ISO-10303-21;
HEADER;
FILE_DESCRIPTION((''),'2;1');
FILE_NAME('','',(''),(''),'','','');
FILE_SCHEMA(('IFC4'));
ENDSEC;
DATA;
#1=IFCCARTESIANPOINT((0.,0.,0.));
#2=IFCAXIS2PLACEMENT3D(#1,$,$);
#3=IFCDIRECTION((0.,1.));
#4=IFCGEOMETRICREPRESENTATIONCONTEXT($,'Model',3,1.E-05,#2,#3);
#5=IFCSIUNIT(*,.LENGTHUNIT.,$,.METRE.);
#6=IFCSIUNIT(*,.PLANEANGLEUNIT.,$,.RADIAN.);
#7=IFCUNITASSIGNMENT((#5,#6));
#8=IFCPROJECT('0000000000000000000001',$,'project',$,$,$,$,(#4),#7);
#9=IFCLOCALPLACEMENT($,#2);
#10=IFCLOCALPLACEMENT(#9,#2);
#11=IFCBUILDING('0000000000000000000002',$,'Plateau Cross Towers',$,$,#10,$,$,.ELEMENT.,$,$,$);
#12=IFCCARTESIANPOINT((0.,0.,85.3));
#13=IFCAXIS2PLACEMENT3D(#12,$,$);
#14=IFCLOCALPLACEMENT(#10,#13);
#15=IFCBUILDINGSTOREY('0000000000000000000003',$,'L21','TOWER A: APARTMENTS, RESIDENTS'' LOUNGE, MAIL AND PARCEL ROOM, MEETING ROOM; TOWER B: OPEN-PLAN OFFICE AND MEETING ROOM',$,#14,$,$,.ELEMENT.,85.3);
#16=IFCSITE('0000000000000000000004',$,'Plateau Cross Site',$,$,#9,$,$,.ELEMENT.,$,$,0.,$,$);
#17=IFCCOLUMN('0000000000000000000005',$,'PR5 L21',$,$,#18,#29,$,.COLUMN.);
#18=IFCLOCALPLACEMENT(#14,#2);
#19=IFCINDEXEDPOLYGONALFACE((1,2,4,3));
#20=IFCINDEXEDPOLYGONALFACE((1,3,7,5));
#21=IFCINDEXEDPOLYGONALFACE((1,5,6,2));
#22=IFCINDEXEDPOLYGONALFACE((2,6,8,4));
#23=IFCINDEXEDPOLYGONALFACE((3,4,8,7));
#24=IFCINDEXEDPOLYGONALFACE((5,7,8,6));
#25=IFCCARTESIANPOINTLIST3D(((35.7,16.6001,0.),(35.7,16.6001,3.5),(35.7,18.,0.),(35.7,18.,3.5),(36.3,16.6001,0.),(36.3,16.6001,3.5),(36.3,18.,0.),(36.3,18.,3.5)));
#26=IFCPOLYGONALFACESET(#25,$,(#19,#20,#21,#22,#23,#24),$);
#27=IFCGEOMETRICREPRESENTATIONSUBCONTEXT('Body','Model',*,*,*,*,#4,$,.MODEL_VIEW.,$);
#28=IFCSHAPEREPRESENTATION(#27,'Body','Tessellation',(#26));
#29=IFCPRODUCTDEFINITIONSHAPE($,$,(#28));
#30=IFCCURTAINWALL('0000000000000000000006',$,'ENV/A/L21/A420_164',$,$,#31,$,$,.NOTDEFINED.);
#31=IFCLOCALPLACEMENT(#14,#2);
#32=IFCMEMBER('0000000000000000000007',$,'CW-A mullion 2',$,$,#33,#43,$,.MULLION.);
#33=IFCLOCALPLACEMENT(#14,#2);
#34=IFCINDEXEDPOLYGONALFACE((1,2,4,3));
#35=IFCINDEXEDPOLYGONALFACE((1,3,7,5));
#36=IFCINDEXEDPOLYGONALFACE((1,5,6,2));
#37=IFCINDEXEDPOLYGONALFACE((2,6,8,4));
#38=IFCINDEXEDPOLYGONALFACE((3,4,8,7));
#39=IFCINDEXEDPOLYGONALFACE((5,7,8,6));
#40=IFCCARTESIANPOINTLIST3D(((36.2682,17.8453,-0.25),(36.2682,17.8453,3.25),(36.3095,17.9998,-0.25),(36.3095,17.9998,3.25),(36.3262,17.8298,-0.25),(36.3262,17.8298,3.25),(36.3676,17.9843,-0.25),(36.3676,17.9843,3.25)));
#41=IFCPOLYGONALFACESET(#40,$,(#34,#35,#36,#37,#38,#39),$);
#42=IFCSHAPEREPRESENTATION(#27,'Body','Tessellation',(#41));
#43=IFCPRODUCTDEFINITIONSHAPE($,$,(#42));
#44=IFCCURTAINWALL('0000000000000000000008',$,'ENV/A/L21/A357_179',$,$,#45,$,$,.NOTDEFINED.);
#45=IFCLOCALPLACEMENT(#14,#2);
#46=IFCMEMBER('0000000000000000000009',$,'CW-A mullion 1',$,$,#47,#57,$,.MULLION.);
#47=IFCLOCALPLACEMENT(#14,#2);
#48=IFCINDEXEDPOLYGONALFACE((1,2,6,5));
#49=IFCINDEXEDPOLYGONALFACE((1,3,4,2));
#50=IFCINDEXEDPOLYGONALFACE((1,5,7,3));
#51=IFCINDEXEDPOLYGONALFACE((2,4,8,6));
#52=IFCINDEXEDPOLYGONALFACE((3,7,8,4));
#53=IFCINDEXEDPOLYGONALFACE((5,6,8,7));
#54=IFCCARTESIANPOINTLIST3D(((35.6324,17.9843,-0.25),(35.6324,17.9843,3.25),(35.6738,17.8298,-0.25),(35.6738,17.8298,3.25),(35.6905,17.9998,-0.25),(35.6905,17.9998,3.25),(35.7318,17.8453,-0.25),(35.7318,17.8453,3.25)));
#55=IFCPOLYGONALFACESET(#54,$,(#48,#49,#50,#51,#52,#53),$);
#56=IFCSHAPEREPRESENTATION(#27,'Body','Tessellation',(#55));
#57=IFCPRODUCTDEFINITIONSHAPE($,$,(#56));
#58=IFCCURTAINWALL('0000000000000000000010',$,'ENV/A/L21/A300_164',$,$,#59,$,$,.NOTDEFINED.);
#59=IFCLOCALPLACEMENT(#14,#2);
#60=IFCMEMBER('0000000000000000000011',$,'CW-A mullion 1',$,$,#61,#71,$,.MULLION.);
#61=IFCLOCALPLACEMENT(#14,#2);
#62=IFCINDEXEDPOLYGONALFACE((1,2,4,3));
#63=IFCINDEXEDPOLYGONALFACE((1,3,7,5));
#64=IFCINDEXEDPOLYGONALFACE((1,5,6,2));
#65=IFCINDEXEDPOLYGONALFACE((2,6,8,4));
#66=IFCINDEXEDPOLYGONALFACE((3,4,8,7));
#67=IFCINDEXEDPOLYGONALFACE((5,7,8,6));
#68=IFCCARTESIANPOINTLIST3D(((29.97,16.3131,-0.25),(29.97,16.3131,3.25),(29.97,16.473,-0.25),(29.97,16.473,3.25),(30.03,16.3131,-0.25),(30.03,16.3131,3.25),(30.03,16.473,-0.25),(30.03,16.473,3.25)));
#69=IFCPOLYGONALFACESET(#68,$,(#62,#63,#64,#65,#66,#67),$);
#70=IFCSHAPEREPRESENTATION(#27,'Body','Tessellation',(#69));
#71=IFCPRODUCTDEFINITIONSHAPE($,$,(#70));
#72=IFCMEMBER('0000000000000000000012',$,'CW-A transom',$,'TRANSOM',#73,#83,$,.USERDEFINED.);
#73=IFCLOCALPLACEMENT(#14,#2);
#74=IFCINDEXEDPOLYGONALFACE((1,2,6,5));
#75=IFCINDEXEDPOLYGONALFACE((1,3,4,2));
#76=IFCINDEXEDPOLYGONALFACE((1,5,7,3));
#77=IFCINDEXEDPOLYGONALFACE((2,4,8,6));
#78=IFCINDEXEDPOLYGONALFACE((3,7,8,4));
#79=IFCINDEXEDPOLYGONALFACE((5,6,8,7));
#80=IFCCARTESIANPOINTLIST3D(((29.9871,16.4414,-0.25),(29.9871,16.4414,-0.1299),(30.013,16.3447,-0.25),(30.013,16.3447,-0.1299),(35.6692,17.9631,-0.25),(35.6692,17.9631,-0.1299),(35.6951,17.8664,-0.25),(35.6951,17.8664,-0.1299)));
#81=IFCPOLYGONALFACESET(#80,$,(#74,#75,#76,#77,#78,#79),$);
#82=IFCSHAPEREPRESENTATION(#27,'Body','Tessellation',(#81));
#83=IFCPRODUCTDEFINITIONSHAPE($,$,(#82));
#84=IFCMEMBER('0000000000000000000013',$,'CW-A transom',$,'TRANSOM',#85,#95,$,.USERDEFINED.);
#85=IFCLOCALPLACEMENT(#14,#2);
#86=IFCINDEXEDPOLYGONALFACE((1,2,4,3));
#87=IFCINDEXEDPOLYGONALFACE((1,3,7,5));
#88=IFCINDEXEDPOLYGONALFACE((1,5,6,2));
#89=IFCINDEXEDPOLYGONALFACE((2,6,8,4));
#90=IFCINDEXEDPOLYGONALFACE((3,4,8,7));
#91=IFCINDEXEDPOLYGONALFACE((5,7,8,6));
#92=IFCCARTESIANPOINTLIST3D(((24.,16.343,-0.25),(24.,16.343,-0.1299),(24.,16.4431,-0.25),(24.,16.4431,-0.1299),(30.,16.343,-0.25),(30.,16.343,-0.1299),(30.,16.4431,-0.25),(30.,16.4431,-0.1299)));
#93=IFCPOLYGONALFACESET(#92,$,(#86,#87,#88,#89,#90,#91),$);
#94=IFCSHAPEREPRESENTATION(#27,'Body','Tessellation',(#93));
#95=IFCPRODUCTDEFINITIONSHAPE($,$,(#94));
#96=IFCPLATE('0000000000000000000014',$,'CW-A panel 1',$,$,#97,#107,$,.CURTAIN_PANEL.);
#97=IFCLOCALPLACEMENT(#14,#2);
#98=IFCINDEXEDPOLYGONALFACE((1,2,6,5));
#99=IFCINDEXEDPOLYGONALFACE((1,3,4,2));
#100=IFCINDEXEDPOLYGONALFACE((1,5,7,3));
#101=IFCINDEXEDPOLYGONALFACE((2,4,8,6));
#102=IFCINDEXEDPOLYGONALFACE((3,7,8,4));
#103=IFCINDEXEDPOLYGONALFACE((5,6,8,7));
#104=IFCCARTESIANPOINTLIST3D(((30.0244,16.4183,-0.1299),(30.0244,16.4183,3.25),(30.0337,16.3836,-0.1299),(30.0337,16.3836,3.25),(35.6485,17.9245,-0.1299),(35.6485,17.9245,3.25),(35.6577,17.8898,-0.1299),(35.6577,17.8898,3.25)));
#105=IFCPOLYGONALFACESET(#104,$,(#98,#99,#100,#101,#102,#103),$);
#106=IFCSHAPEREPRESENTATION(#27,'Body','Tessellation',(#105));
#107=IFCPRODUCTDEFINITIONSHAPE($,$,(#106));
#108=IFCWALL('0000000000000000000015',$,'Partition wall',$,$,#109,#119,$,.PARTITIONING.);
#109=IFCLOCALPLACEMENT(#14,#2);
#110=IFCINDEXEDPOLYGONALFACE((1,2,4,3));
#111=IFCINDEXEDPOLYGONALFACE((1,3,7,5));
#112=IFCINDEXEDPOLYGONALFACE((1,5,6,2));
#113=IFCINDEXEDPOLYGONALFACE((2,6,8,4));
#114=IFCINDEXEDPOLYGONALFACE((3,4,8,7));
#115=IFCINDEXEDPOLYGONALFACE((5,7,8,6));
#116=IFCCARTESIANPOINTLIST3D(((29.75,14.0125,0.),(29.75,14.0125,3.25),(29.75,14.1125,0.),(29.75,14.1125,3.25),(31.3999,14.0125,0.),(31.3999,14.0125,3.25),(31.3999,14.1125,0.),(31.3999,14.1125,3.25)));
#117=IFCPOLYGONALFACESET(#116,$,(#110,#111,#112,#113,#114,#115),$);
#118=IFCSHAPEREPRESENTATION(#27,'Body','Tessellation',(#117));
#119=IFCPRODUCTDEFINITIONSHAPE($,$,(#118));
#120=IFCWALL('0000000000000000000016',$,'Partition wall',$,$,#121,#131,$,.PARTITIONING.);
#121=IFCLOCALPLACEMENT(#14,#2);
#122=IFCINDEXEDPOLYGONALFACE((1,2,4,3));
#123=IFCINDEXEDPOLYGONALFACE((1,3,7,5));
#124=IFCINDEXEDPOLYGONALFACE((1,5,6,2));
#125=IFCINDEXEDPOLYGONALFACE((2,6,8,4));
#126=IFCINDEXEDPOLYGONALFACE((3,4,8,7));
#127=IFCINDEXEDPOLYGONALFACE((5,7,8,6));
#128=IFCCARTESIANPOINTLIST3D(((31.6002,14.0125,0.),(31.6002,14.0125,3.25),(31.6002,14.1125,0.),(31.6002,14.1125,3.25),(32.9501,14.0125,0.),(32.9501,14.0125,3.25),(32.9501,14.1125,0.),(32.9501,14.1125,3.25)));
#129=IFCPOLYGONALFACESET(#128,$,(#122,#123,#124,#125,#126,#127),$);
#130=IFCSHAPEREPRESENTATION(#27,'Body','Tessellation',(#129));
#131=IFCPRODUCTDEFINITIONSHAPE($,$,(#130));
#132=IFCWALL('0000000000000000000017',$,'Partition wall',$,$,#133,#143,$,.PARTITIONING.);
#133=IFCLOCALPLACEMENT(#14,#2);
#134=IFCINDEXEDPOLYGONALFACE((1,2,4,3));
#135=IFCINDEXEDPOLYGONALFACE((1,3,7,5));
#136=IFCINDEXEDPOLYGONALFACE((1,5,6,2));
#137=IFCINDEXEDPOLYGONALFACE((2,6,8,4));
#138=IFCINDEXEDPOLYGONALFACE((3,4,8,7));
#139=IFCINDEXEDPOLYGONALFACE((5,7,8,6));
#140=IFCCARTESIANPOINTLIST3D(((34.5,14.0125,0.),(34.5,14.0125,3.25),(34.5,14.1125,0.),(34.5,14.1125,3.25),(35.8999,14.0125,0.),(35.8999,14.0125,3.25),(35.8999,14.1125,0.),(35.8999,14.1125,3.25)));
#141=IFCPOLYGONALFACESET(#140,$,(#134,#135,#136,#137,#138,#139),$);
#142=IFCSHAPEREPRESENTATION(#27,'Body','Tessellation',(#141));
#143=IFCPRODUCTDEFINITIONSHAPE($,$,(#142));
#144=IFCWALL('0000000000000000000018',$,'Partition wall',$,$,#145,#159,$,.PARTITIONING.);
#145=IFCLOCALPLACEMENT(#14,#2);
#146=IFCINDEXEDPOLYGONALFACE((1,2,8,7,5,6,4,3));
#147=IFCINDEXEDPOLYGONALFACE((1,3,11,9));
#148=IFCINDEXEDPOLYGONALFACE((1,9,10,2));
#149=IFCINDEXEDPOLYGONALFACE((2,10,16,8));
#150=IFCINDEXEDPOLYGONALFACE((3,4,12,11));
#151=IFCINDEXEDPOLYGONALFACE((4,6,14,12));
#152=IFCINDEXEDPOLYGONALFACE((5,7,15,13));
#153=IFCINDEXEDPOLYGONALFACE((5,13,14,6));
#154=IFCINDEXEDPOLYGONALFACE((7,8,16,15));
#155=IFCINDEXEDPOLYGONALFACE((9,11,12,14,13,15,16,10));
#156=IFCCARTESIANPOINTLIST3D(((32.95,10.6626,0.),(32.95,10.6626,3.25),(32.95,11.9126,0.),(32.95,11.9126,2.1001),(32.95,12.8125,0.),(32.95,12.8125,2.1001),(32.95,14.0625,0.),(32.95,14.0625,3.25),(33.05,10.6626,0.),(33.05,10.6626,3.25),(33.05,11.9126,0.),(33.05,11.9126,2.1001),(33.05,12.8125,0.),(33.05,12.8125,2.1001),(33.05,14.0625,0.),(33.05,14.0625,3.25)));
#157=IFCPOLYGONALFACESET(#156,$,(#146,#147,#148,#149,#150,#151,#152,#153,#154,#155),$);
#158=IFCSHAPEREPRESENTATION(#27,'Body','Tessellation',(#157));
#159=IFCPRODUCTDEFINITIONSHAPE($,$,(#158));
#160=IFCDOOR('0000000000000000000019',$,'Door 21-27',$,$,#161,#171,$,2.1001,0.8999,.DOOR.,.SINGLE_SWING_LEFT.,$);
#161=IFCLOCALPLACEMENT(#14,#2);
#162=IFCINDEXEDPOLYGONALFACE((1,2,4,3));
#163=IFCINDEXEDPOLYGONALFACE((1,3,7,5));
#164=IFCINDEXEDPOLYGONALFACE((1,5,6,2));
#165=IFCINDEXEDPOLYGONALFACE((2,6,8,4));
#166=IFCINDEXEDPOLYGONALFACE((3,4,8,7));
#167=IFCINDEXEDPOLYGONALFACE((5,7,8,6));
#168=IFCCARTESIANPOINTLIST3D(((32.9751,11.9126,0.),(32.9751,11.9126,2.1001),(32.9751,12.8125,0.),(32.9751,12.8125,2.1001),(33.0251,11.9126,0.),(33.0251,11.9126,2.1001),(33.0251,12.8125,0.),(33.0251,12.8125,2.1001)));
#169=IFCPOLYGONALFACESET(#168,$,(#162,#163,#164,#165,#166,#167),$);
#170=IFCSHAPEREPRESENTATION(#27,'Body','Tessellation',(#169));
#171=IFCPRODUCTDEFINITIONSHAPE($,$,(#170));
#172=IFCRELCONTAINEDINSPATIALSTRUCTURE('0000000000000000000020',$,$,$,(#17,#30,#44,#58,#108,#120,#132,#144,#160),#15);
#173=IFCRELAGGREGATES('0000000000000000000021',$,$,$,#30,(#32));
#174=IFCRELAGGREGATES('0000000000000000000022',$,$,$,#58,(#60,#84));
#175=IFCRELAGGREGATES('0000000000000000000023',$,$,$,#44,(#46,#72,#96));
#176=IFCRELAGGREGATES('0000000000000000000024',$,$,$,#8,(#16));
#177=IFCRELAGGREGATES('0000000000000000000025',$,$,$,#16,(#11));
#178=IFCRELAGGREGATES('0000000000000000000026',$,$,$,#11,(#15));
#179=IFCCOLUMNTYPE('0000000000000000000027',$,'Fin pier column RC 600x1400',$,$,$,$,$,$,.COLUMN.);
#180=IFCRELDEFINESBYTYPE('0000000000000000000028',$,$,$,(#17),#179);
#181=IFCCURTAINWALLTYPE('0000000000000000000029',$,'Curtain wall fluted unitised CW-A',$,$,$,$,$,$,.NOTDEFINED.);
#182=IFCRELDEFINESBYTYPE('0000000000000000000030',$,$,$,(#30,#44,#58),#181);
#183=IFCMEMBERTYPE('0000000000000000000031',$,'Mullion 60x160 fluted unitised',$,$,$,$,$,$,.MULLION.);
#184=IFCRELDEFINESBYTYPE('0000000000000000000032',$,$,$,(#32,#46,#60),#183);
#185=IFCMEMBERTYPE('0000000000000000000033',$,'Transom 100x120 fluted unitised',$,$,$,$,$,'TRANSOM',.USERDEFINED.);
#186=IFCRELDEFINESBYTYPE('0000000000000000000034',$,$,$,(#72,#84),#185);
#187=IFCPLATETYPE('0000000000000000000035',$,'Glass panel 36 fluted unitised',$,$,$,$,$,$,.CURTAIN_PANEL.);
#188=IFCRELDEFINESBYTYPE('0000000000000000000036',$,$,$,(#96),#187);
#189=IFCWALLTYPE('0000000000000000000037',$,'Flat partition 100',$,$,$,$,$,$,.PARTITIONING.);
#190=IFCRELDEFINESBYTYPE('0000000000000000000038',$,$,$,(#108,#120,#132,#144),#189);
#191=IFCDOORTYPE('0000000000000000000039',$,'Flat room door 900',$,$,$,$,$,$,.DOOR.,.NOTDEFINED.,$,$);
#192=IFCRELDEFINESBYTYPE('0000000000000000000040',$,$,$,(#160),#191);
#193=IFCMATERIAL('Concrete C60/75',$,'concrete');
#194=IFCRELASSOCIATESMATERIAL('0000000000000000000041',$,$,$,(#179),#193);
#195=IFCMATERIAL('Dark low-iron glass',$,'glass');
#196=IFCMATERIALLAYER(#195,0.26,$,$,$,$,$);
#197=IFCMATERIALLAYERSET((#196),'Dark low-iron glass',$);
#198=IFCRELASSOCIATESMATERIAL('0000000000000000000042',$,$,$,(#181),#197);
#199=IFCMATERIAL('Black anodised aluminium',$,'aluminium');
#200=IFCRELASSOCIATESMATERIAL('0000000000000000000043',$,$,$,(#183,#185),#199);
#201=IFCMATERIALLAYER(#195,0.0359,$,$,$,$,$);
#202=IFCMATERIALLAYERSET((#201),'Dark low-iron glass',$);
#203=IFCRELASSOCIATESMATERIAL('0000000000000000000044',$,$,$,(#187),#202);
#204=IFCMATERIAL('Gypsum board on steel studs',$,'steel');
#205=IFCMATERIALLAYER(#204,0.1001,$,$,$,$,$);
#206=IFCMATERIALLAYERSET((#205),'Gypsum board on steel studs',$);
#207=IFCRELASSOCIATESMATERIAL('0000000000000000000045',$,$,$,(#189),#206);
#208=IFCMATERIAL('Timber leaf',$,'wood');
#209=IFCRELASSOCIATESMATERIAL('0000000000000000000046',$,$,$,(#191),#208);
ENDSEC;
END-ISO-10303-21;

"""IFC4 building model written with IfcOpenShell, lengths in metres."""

from ifc_helpers import new_model, si_unit, direction, frame, frame_2d, origin, origin_2d, place, context, subcontext, project, spatial, rectangle, extrude, material, layer, layer_set, material_profile, profile_set, type_object, element, fill, aggregate, save


model = new_model("IFC4")

# Units and contexts
model_context = context("Model", 3, precision=1e-05, world=origin(), true_north=direction((0.0, 1.0)))
body_context = subcontext(model_context, "Body", "Model", "MODEL_VIEW")
ifc_project = project(units=[si_unit("LENGTHUNIT", "METRE"), si_unit("PLANEANGLEUNIT", "RADIAN")], contexts=[model_context])

# Site, building, storey
site_placement = place(None, origin())
site = spatial("IfcSite", under=ifc_project, at=site_placement, Name="Plateau Cross Site", CompositionType="ELEMENT", RefElevation=0.0)
building_placement = place(site_placement, origin())
building = spatial("IfcBuilding", under=site, at=building_placement, Name="Plateau Cross Towers", CompositionType="ELEMENT")
storey_placement = place(building_placement, frame((0.0, 0.0, 85.3)))
storey = spatial("IfcBuildingStorey", under=building, at=storey_placement, Name="L21", Description="TOWER A: APARTMENTS, RESIDENTS' LOUNGE, MAIL AND PARCEL ROOM, MEETING ROOM; TOWER B: OPEN-PLAN OFFICE AND MEETING ROOM", CompositionType="ELEMENT", Elevation=85.3)

# Column
ifc_material_1 = material(Name="Concrete C60/75", Category="concrete")
ifc_material_profile_1 = material_profile(ifc_material_1, rectangle(XDim=0.6001, YDim=1.3999, at=origin_2d()), Name="RC 600x1400")
ifc_profile_set_1 = profile_set([ifc_material_profile_1], Name="Concrete C60/75")
column_type = type_object("IfcColumnType", Name="Fin pier column RC 600x1400", PredefinedType="COLUMN", material=ifc_profile_set_1)
column_placement = place(storey_placement, frame((36.0, 17.3, 0.0), z_axis=(0.0, 0.0, 1.0), x_axis=(1.0, 0.0, 0.0)))
element("IfcColumn", 1, at=column_placement, inside=storey, type_object=column_type, Name="PR5 L21", PredefinedType="COLUMN", context=body_context, shape_type="SweptSolid", body=[
    extrude(rectangle(XDim=0.6001, YDim=1.3999, at=origin_2d()), origin(), (0.0, 0.0, 1.0), 3.5),
])

# Curtain walls, members
ifc_material_2 = material(Name="Dark low-iron glass", Category="glass")
ifc_layer_1 = layer(ifc_material_2, 0.26)
ifc_layer_set_1 = layer_set([ifc_layer_1], Name="Dark low-iron glass")
curtain_wall_type = type_object("IfcCurtainWallType", Name="Curtain wall fluted unitised CW-A", PredefinedType="NOTDEFINED", material=ifc_layer_set_1)
curtain_wall_1_placement = place(storey_placement, origin())
curtain_wall_1 = element("IfcCurtainWall", 2, at=curtain_wall_1_placement, inside=storey, type_object=curtain_wall_type, Name="ENV/A/L21/A420_164", PredefinedType="NOTDEFINED")
ifc_material_3 = material(Name="Black anodised aluminium", Category="aluminium")
ifc_material_profile_2 = material_profile(ifc_material_3, rectangle(XDim=0.0601, YDim=0.1599, at=origin_2d()), Name="MULLION 60x160")
ifc_profile_set_2 = profile_set([ifc_material_profile_2], Name="Black anodised aluminium")
member_type_1 = type_object("IfcMemberType", Name="Mullion 60x160 fluted unitised", PredefinedType="MULLION", material=ifc_profile_set_2)
member_1_placement = place(storey_placement, frame((36.3179, 17.9148, -0.25), z_axis=(0.0, 0.0, 1.0), x_axis=(-0.965958, 0.258699, 0.0)))
member_1 = element("IfcMember", 3, at=member_1_placement, type_object=member_type_1, Name="CW-A mullion 2", PredefinedType="MULLION", context=body_context, shape_type="SweptSolid", body=[
    extrude(rectangle(XDim=0.0601, YDim=0.1599, at=origin_2d()), origin(), (0.0, 0.0, 1.0), 3.5),
])
aggregate(curtain_wall_1, [member_1])
curtain_wall_2_placement = place(storey_placement, origin())
curtain_wall_2 = element("IfcCurtainWall", 4, at=curtain_wall_2_placement, inside=storey, type_object=curtain_wall_type, Name="ENV/A/L21/A357_179", PredefinedType="NOTDEFINED")
member_2_placement = place(storey_placement, frame((35.6821, 17.9148, -0.25), z_axis=(0.0, 0.0, 1.0), x_axis=(-0.965958, -0.258699, 0.0)))
member_2 = element("IfcMember", 5, at=member_2_placement, type_object=member_type_1, Name="CW-A mullion 1", PredefinedType="MULLION", context=body_context, shape_type="SweptSolid", body=[
    extrude(rectangle(XDim=0.0601, YDim=0.1599, at=origin_2d()), origin(), (0.0, 0.0, 1.0), 3.5),
])
curtain_wall_3_placement = place(storey_placement, origin())
curtain_wall_3 = element("IfcCurtainWall", 6, at=curtain_wall_3_placement, inside=storey, type_object=curtain_wall_type, Name="ENV/A/L21/A300_164", PredefinedType="NOTDEFINED")
member_3_placement = place(storey_placement, frame((30.0, 16.3931, -0.25), z_axis=(0.0, 0.0, 1.0), x_axis=(-1.0, 0.0, 0.0)))
member_3 = element("IfcMember", 7, at=member_3_placement, type_object=member_type_1, Name="CW-A mullion 1", PredefinedType="MULLION", context=body_context, shape_type="SweptSolid", body=[
    extrude(rectangle(XDim=0.0601, YDim=0.1599, at=origin_2d()), origin(), (0.0, 0.0, 1.0), 3.5),
])

# Members
ifc_material_profile_3 = material_profile(ifc_material_3, rectangle(XDim=0.1001, YDim=0.1201, at=origin_2d()), Name="TRANSOM 100x120")
ifc_profile_set_3 = profile_set([ifc_material_profile_3], Name="Black anodised aluminium")
member_type_2 = type_object("IfcMemberType", Name="Transom 100x120 fluted unitised", ElementType="TRANSOM", PredefinedType="USERDEFINED", material=ifc_profile_set_3)
member_4_placement = place(storey_placement, frame((35.6821, 17.9148, -0.1899), z_axis=(-0.96596, -0.258693, 0.0), x_axis=(0.258693, -0.96596, 0.0)))
member_4 = element("IfcMember", 8, at=member_4_placement, type_object=member_type_2, Name="CW-A transom", ObjectType="TRANSOM", PredefinedType="USERDEFINED", context=body_context, shape_type="SweptSolid", body=[
    extrude(rectangle(XDim=0.1001, YDim=0.1201, at=origin_2d()), origin(), (0.0, 0.0, 1.0), 5.8823),
])
member_5_placement = place(storey_placement, frame((30.0, 16.3931, -0.1899), z_axis=(-1.0, 0.0, 0.0), x_axis=(0.0, -1.0, 0.0)))
member_5 = element("IfcMember", 9, at=member_5_placement, type_object=member_type_2, Name="CW-A transom", ObjectType="TRANSOM", PredefinedType="USERDEFINED", context=body_context, shape_type="SweptSolid", body=[
    extrude(rectangle(XDim=0.1001, YDim=0.1201, at=origin_2d()), origin(), (0.0, 0.0, 1.0), 6.0),
])
aggregate(curtain_wall_3, [member_3, member_5])

# Plate
ifc_layer_2 = layer(ifc_material_2, 0.0359)
ifc_layer_set_2 = layer_set([ifc_layer_2], Name="Dark low-iron glass")
plate_type = type_object("IfcPlateType", Name="Glass panel 36 fluted unitised", PredefinedType="CURTAIN_PANEL", material=ifc_layer_set_2)
plate_placement = place(storey_placement, frame((32.8411, 17.1541, -0.1299), z_axis=(0.0, 0.0, 1.0), x_axis=(-0.965958, -0.258699, 0.0)))
plate = element("IfcPlate", 10, at=plate_placement, type_object=plate_type, Name="CW-A panel 1", PredefinedType="CURTAIN_PANEL", context=body_context, shape_type="SweptSolid", body=[
    extrude(rectangle(XDim=5.8223, YDim=0.0359, at=origin_2d()), origin(), (0.0, 0.0, 1.0), 3.3799),
])
aggregate(curtain_wall_2, [member_2, member_4, plate])

# Walls
ifc_material_4 = material(Name="Gypsum board on steel studs", Category="steel")
ifc_layer_3 = layer(ifc_material_4, 0.1001)
ifc_layer_set_3 = layer_set([ifc_layer_3], Name="Gypsum board on steel studs")
wall_type_1 = type_object("IfcWallType", Name="Flat partition 100", PredefinedType="PARTITIONING", material=ifc_layer_set_3)
wall_1_placement = place(storey_placement, frame((31.3999, 14.0625, 0.0), z_axis=(0.0, 0.0, 1.0), x_axis=(-1.0, 0.0, 0.0)))
element("IfcWall", 11, at=wall_1_placement, inside=storey, type_object=wall_type_1, Name="Partition wall", PredefinedType="PARTITIONING", context=body_context, shape_type="SweptSolid", body=[
    extrude(rectangle(XDim=1.6499, YDim=0.1001, at=frame_2d((0.825, 0.0))), origin(), (0.0, 0.0, 1.0), 3.25),
])
wall_2_placement = place(storey_placement, frame((32.95, 14.0625, 0.0), z_axis=(0.0, 0.0, 1.0), x_axis=(-1.0, 0.0, 0.0)))
element("IfcWall", 12, at=wall_2_placement, inside=storey, type_object=wall_type_1, Name="Partition wall", PredefinedType="PARTITIONING", context=body_context, shape_type="SweptSolid", body=[
    extrude(rectangle(XDim=1.3499, YDim=0.1001, at=frame_2d((0.6748, 0.0))), origin(), (0.0, 0.0, 1.0), 3.25),
])
wall_3_placement = place(storey_placement, frame((35.8999, 14.0625, 0.0), z_axis=(0.0, 0.0, 1.0), x_axis=(-1.0, 0.0, 0.0)))
element("IfcWall", 13, at=wall_3_placement, inside=storey, type_object=wall_type_1, Name="Partition wall", PredefinedType="PARTITIONING", context=body_context, shape_type="SweptSolid", body=[
    extrude(rectangle(XDim=1.3999, YDim=0.1001, at=frame_2d((0.7, 0.0))), origin(), (0.0, 0.0, 1.0), 3.25),
])

# Wall, opening, door
wall_4_placement = place(storey_placement, frame((33.0, 10.6626, 0.0), z_axis=(0.0, 0.0, 1.0), x_axis=(0.0, 1.0, 0.0)))
wall_4 = element("IfcWall", 14, at=wall_4_placement, inside=storey, type_object=wall_type_1, Name="Partition wall", PredefinedType="PARTITIONING", context=body_context, shape_type="SweptSolid", body=[
    extrude(rectangle(XDim=3.3999, YDim=0.1001, at=frame_2d((1.7, 0.0))), origin(), (0.0, 0.0, 1.0), 3.25),
])
opening_1_placement = place(wall_4_placement, frame((1.25, 0.0, 0.0)))
opening_1 = element("IfcOpeningElement", 15, at=opening_1_placement, cuts=wall_4, PredefinedType="OPENING", context=body_context, shape_type="SweptSolid", body=[
    extrude(rectangle(XDim=0.8999, YDim=2.1001, at=frame_2d((0.45, 1.05))), frame((0.0, 0.0601, 0.0), z_axis=(0.0, -1.0, 0.0), x_axis=(1.0, 0.0, 0.0)), (0.0, 0.0, 1.0), 0.1201),
])
ifc_material_5 = material(Name="Timber leaf", Category="wood")
door_type = type_object("IfcDoorType", Name="Flat room door 900", OperationType="NOTDEFINED", PredefinedType="DOOR", material=ifc_material_5)
door_1_placement = place(opening_1_placement, origin())
door_1 = element("IfcDoor", 16, at=door_1_placement, inside=storey, type_object=door_type, Name="Door 21-27", OperationType="SINGLE_SWING_LEFT", OverallHeight=2.1001, OverallWidth=0.8999, PredefinedType="DOOR", context=body_context, shape_type="SweptSolid", body=[
    extrude(rectangle(XDim=0.8999, YDim=2.1001, at=frame_2d((0.45, 1.05))), frame((0.0, 0.0249, 0.0), z_axis=(0.0, -1.0, 0.0), x_axis=(1.0, 0.0, 0.0)), (0.0, 0.0, 1.0), 0.05),
])
fill(opening_1, door_1)

save(model, "model.ifc")
